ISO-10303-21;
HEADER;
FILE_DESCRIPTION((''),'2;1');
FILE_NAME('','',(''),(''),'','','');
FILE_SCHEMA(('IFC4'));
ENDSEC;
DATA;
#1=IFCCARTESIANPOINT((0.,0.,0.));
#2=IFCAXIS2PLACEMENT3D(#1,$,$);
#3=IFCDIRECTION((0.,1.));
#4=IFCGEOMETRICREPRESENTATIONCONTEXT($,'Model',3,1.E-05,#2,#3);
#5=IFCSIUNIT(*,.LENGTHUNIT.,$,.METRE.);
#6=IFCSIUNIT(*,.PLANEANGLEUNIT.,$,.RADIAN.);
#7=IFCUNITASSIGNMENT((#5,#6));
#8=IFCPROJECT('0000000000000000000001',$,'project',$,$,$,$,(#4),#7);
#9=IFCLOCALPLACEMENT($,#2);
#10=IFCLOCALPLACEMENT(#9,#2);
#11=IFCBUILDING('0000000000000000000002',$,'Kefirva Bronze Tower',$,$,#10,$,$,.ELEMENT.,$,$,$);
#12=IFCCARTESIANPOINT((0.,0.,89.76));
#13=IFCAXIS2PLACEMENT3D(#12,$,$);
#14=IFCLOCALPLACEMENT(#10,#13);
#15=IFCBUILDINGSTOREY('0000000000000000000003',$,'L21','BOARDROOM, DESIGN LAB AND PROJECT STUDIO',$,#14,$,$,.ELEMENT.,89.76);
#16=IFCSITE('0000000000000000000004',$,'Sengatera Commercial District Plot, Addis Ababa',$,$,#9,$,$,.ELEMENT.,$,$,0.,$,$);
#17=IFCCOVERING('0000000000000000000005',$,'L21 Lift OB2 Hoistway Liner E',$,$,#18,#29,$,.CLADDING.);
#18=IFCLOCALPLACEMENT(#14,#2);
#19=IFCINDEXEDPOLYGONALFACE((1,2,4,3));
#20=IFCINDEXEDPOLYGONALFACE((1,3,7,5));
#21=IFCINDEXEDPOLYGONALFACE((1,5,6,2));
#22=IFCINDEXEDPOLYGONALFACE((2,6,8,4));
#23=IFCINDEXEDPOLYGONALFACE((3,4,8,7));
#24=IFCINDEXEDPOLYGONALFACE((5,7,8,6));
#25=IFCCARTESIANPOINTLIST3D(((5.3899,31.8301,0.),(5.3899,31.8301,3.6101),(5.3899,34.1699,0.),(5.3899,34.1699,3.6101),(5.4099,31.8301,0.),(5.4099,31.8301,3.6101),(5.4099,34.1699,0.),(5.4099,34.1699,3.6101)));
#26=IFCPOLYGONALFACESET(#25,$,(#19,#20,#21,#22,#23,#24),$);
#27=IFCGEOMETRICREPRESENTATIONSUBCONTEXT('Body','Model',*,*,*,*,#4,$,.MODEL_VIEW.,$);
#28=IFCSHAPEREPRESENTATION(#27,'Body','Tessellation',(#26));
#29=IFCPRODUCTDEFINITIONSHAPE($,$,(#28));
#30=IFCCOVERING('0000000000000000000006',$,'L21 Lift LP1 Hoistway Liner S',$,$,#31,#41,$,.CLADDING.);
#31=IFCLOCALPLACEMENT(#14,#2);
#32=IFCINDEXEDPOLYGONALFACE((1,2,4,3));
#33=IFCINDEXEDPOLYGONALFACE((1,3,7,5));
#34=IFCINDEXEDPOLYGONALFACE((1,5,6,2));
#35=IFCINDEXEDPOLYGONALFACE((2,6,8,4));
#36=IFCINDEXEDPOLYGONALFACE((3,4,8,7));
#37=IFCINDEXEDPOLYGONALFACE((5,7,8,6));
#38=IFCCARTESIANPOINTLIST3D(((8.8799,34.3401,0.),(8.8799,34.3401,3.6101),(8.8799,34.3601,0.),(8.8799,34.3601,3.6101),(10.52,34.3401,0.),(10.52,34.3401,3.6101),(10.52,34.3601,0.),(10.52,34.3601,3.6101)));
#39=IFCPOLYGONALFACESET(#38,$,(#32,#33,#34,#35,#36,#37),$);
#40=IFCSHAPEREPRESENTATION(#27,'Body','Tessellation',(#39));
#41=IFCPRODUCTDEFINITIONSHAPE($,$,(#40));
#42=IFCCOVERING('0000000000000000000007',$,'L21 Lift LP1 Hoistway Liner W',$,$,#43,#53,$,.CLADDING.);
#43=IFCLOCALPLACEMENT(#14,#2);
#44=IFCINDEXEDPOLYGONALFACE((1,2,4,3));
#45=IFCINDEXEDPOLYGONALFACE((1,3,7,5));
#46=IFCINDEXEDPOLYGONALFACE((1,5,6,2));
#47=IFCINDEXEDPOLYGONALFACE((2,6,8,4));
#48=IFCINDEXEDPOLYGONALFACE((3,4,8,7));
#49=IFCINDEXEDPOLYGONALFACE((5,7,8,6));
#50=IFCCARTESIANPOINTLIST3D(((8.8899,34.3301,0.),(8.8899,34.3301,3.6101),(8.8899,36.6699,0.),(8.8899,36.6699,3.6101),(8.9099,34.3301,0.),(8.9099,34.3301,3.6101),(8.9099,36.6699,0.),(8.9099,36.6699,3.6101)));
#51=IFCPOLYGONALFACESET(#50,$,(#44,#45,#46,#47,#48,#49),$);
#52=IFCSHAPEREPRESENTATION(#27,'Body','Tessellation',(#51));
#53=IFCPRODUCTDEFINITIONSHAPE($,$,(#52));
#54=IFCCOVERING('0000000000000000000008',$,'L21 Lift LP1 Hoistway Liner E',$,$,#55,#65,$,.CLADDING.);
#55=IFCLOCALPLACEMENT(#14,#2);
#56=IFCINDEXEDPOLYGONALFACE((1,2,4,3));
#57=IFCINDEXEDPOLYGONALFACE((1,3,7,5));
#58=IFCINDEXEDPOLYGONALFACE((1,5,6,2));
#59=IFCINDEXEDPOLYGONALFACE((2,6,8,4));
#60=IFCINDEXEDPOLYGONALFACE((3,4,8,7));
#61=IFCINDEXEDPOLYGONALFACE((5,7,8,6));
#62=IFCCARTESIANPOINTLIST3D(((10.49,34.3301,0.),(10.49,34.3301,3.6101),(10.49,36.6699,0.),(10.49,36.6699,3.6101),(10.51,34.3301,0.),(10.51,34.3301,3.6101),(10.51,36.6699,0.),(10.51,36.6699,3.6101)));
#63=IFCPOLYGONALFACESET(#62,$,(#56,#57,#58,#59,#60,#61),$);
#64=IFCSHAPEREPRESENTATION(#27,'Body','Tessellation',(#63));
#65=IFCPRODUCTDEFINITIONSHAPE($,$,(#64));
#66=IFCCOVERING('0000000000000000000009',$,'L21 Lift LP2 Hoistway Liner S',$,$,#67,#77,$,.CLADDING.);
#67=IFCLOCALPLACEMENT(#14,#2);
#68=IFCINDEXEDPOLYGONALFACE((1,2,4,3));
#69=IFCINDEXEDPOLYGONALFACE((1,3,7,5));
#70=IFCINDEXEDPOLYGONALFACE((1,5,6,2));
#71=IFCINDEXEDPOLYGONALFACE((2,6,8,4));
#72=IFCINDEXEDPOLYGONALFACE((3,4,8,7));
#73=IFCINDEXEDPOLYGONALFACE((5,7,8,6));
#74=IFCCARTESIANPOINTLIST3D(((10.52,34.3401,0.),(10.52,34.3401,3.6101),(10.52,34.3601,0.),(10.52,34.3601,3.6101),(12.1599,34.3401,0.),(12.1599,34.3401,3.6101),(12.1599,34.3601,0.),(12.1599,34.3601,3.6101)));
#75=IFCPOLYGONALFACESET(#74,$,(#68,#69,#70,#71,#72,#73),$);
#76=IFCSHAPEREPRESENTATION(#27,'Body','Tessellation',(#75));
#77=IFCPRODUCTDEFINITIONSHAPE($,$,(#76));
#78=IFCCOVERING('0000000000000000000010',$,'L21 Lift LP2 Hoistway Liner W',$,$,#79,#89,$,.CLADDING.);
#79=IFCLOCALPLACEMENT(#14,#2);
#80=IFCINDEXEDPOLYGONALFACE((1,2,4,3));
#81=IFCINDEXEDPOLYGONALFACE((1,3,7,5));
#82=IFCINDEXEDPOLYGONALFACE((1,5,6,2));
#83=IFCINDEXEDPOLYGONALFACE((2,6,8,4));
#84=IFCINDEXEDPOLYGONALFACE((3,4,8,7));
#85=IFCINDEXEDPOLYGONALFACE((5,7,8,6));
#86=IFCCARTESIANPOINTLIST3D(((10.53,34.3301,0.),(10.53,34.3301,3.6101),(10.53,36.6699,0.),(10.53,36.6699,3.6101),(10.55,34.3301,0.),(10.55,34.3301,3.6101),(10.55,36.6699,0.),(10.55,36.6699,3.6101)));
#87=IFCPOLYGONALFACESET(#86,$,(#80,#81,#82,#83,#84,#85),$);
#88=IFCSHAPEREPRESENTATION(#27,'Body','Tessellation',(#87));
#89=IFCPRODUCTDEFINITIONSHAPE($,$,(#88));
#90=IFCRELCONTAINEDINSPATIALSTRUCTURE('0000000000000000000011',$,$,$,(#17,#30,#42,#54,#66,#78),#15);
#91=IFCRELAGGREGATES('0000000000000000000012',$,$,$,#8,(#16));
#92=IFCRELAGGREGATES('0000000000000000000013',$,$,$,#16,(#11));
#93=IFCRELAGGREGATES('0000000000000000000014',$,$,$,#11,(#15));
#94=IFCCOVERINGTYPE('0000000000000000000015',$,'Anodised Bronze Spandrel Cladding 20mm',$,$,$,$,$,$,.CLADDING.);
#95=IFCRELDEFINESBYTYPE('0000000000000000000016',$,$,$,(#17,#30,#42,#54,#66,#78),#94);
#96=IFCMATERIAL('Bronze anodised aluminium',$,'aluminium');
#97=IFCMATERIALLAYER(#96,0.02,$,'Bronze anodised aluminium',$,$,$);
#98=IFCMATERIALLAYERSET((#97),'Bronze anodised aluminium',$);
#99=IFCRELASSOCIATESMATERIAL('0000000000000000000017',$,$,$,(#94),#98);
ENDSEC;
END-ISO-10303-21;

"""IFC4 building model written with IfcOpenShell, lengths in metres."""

from ifc_helpers import new_model, si_unit, direction, frame, origin, place, context, subcontext, project, spatial, polyline, outline, extrude, material, layer, layer_set, type_object, element, save


model = new_model("IFC4")

# Units and contexts
model_context = context("Model", 3, precision=1e-05, world=origin(), true_north=direction((0.0, 1.0)))
body_context = subcontext(model_context, "Body", "Model", "MODEL_VIEW")
ifc_project = project(units=[si_unit("LENGTHUNIT", "METRE"), si_unit("PLANEANGLEUNIT", "RADIAN")], contexts=[model_context])

# Site, building, storey
site_placement = place(None, origin())
site = spatial("IfcSite", under=ifc_project, at=site_placement, Name="Sengatera Commercial District Plot, Addis Ababa", CompositionType="ELEMENT", RefElevation=0.0)
building_placement = place(site_placement, origin())
building = spatial("IfcBuilding", under=site, at=building_placement, Name="Kefirva Bronze Tower", CompositionType="ELEMENT")
storey_placement = place(building_placement, frame((0.0, 0.0, 89.76)))
storey = spatial("IfcBuildingStorey", under=building, at=storey_placement, Name="L21", Description="BOARDROOM, DESIGN LAB AND PROJECT STUDIO", CompositionType="ELEMENT", Elevation=89.76)

# Coverings
ifc_material_1 = material(Name="Bronze anodised aluminium", Category="aluminium")
ifc_layer_1 = layer(ifc_material_1, 0.02, Name="Bronze anodised aluminium")
ifc_layer_set_1 = layer_set([ifc_layer_1], Name="Bronze anodised aluminium")
covering_type = type_object("IfcCoveringType", Name="Anodised Bronze Spandrel Cladding 20mm", PredefinedType="CLADDING", material=ifc_layer_set_1)
covering_1_placement = place(storey_placement, origin())
element("IfcCovering", 1, at=covering_1_placement, inside=storey, type_object=covering_type, Name="L21 Lift OB2 Hoistway Liner E", PredefinedType="CLADDING", context=body_context, shape_type="SweptSolid", body=[
    extrude(outline(polyline([(5.3899, 31.8301), (5.4099, 31.8301), (5.4099, 34.1699), (5.3899, 34.1699), (5.3899, 31.8301)])), origin(), (0.0, 0.0, 1.0), 3.6101),
])
covering_2_placement = place(storey_placement, origin())
element("IfcCovering", 2, at=covering_2_placement, inside=storey, type_object=covering_type, Name="L21 Lift LP1 Hoistway Liner S", PredefinedType="CLADDING", context=body_context, shape_type="SweptSolid", body=[
    extrude(outline(polyline([(8.8799, 34.3401), (10.52, 34.3401), (10.52, 34.3601), (8.8799, 34.3601), (8.8799, 34.3401)])), origin(), (0.0, 0.0, 1.0), 3.6101),
])
covering_3_placement = place(storey_placement, origin())
element("IfcCovering", 3, at=covering_3_placement, inside=storey, type_object=covering_type, Name="L21 Lift LP1 Hoistway Liner W", PredefinedType="CLADDING", context=body_context, shape_type="SweptSolid", body=[
    extrude(outline(polyline([(8.8899, 34.3301), (8.9099, 34.3301), (8.9099, 36.6699), (8.8899, 36.6699), (8.8899, 34.3301)])), origin(), (0.0, 0.0, 1.0), 3.6101),
])
covering_4_placement = place(storey_placement, origin())
element("IfcCovering", 4, at=covering_4_placement, inside=storey, type_object=covering_type, Name="L21 Lift LP1 Hoistway Liner E", PredefinedType="CLADDING", context=body_context, shape_type="SweptSolid", body=[
    extrude(outline(polyline([(10.49, 34.3301), (10.51, 34.3301), (10.51, 36.6699), (10.49, 36.6699), (10.49, 34.3301)])), origin(), (0.0, 0.0, 1.0), 3.6101),
])
covering_5_placement = place(storey_placement, origin())
element("IfcCovering", 5, at=covering_5_placement, inside=storey, type_object=covering_type, Name="L21 Lift LP2 Hoistway Liner S", PredefinedType="CLADDING", context=body_context, shape_type="SweptSolid", body=[
    extrude(outline(polyline([(10.52, 34.3401), (12.1599, 34.3401), (12.1599, 34.3601), (10.52, 34.3601), (10.52, 34.3401)])), origin(), (0.0, 0.0, 1.0), 3.6101),
])
covering_6_placement = place(storey_placement, origin())
element("IfcCovering", 6, at=covering_6_placement, inside=storey, type_object=covering_type, Name="L21 Lift LP2 Hoistway Liner W", PredefinedType="CLADDING", context=body_context, shape_type="SweptSolid", body=[
    extrude(outline(polyline([(10.53, 34.3301), (10.55, 34.3301), (10.55, 36.6699), (10.53, 36.6699), (10.53, 34.3301)])), origin(), (0.0, 0.0, 1.0), 3.6101),
])

save(model, "model.ifc")
